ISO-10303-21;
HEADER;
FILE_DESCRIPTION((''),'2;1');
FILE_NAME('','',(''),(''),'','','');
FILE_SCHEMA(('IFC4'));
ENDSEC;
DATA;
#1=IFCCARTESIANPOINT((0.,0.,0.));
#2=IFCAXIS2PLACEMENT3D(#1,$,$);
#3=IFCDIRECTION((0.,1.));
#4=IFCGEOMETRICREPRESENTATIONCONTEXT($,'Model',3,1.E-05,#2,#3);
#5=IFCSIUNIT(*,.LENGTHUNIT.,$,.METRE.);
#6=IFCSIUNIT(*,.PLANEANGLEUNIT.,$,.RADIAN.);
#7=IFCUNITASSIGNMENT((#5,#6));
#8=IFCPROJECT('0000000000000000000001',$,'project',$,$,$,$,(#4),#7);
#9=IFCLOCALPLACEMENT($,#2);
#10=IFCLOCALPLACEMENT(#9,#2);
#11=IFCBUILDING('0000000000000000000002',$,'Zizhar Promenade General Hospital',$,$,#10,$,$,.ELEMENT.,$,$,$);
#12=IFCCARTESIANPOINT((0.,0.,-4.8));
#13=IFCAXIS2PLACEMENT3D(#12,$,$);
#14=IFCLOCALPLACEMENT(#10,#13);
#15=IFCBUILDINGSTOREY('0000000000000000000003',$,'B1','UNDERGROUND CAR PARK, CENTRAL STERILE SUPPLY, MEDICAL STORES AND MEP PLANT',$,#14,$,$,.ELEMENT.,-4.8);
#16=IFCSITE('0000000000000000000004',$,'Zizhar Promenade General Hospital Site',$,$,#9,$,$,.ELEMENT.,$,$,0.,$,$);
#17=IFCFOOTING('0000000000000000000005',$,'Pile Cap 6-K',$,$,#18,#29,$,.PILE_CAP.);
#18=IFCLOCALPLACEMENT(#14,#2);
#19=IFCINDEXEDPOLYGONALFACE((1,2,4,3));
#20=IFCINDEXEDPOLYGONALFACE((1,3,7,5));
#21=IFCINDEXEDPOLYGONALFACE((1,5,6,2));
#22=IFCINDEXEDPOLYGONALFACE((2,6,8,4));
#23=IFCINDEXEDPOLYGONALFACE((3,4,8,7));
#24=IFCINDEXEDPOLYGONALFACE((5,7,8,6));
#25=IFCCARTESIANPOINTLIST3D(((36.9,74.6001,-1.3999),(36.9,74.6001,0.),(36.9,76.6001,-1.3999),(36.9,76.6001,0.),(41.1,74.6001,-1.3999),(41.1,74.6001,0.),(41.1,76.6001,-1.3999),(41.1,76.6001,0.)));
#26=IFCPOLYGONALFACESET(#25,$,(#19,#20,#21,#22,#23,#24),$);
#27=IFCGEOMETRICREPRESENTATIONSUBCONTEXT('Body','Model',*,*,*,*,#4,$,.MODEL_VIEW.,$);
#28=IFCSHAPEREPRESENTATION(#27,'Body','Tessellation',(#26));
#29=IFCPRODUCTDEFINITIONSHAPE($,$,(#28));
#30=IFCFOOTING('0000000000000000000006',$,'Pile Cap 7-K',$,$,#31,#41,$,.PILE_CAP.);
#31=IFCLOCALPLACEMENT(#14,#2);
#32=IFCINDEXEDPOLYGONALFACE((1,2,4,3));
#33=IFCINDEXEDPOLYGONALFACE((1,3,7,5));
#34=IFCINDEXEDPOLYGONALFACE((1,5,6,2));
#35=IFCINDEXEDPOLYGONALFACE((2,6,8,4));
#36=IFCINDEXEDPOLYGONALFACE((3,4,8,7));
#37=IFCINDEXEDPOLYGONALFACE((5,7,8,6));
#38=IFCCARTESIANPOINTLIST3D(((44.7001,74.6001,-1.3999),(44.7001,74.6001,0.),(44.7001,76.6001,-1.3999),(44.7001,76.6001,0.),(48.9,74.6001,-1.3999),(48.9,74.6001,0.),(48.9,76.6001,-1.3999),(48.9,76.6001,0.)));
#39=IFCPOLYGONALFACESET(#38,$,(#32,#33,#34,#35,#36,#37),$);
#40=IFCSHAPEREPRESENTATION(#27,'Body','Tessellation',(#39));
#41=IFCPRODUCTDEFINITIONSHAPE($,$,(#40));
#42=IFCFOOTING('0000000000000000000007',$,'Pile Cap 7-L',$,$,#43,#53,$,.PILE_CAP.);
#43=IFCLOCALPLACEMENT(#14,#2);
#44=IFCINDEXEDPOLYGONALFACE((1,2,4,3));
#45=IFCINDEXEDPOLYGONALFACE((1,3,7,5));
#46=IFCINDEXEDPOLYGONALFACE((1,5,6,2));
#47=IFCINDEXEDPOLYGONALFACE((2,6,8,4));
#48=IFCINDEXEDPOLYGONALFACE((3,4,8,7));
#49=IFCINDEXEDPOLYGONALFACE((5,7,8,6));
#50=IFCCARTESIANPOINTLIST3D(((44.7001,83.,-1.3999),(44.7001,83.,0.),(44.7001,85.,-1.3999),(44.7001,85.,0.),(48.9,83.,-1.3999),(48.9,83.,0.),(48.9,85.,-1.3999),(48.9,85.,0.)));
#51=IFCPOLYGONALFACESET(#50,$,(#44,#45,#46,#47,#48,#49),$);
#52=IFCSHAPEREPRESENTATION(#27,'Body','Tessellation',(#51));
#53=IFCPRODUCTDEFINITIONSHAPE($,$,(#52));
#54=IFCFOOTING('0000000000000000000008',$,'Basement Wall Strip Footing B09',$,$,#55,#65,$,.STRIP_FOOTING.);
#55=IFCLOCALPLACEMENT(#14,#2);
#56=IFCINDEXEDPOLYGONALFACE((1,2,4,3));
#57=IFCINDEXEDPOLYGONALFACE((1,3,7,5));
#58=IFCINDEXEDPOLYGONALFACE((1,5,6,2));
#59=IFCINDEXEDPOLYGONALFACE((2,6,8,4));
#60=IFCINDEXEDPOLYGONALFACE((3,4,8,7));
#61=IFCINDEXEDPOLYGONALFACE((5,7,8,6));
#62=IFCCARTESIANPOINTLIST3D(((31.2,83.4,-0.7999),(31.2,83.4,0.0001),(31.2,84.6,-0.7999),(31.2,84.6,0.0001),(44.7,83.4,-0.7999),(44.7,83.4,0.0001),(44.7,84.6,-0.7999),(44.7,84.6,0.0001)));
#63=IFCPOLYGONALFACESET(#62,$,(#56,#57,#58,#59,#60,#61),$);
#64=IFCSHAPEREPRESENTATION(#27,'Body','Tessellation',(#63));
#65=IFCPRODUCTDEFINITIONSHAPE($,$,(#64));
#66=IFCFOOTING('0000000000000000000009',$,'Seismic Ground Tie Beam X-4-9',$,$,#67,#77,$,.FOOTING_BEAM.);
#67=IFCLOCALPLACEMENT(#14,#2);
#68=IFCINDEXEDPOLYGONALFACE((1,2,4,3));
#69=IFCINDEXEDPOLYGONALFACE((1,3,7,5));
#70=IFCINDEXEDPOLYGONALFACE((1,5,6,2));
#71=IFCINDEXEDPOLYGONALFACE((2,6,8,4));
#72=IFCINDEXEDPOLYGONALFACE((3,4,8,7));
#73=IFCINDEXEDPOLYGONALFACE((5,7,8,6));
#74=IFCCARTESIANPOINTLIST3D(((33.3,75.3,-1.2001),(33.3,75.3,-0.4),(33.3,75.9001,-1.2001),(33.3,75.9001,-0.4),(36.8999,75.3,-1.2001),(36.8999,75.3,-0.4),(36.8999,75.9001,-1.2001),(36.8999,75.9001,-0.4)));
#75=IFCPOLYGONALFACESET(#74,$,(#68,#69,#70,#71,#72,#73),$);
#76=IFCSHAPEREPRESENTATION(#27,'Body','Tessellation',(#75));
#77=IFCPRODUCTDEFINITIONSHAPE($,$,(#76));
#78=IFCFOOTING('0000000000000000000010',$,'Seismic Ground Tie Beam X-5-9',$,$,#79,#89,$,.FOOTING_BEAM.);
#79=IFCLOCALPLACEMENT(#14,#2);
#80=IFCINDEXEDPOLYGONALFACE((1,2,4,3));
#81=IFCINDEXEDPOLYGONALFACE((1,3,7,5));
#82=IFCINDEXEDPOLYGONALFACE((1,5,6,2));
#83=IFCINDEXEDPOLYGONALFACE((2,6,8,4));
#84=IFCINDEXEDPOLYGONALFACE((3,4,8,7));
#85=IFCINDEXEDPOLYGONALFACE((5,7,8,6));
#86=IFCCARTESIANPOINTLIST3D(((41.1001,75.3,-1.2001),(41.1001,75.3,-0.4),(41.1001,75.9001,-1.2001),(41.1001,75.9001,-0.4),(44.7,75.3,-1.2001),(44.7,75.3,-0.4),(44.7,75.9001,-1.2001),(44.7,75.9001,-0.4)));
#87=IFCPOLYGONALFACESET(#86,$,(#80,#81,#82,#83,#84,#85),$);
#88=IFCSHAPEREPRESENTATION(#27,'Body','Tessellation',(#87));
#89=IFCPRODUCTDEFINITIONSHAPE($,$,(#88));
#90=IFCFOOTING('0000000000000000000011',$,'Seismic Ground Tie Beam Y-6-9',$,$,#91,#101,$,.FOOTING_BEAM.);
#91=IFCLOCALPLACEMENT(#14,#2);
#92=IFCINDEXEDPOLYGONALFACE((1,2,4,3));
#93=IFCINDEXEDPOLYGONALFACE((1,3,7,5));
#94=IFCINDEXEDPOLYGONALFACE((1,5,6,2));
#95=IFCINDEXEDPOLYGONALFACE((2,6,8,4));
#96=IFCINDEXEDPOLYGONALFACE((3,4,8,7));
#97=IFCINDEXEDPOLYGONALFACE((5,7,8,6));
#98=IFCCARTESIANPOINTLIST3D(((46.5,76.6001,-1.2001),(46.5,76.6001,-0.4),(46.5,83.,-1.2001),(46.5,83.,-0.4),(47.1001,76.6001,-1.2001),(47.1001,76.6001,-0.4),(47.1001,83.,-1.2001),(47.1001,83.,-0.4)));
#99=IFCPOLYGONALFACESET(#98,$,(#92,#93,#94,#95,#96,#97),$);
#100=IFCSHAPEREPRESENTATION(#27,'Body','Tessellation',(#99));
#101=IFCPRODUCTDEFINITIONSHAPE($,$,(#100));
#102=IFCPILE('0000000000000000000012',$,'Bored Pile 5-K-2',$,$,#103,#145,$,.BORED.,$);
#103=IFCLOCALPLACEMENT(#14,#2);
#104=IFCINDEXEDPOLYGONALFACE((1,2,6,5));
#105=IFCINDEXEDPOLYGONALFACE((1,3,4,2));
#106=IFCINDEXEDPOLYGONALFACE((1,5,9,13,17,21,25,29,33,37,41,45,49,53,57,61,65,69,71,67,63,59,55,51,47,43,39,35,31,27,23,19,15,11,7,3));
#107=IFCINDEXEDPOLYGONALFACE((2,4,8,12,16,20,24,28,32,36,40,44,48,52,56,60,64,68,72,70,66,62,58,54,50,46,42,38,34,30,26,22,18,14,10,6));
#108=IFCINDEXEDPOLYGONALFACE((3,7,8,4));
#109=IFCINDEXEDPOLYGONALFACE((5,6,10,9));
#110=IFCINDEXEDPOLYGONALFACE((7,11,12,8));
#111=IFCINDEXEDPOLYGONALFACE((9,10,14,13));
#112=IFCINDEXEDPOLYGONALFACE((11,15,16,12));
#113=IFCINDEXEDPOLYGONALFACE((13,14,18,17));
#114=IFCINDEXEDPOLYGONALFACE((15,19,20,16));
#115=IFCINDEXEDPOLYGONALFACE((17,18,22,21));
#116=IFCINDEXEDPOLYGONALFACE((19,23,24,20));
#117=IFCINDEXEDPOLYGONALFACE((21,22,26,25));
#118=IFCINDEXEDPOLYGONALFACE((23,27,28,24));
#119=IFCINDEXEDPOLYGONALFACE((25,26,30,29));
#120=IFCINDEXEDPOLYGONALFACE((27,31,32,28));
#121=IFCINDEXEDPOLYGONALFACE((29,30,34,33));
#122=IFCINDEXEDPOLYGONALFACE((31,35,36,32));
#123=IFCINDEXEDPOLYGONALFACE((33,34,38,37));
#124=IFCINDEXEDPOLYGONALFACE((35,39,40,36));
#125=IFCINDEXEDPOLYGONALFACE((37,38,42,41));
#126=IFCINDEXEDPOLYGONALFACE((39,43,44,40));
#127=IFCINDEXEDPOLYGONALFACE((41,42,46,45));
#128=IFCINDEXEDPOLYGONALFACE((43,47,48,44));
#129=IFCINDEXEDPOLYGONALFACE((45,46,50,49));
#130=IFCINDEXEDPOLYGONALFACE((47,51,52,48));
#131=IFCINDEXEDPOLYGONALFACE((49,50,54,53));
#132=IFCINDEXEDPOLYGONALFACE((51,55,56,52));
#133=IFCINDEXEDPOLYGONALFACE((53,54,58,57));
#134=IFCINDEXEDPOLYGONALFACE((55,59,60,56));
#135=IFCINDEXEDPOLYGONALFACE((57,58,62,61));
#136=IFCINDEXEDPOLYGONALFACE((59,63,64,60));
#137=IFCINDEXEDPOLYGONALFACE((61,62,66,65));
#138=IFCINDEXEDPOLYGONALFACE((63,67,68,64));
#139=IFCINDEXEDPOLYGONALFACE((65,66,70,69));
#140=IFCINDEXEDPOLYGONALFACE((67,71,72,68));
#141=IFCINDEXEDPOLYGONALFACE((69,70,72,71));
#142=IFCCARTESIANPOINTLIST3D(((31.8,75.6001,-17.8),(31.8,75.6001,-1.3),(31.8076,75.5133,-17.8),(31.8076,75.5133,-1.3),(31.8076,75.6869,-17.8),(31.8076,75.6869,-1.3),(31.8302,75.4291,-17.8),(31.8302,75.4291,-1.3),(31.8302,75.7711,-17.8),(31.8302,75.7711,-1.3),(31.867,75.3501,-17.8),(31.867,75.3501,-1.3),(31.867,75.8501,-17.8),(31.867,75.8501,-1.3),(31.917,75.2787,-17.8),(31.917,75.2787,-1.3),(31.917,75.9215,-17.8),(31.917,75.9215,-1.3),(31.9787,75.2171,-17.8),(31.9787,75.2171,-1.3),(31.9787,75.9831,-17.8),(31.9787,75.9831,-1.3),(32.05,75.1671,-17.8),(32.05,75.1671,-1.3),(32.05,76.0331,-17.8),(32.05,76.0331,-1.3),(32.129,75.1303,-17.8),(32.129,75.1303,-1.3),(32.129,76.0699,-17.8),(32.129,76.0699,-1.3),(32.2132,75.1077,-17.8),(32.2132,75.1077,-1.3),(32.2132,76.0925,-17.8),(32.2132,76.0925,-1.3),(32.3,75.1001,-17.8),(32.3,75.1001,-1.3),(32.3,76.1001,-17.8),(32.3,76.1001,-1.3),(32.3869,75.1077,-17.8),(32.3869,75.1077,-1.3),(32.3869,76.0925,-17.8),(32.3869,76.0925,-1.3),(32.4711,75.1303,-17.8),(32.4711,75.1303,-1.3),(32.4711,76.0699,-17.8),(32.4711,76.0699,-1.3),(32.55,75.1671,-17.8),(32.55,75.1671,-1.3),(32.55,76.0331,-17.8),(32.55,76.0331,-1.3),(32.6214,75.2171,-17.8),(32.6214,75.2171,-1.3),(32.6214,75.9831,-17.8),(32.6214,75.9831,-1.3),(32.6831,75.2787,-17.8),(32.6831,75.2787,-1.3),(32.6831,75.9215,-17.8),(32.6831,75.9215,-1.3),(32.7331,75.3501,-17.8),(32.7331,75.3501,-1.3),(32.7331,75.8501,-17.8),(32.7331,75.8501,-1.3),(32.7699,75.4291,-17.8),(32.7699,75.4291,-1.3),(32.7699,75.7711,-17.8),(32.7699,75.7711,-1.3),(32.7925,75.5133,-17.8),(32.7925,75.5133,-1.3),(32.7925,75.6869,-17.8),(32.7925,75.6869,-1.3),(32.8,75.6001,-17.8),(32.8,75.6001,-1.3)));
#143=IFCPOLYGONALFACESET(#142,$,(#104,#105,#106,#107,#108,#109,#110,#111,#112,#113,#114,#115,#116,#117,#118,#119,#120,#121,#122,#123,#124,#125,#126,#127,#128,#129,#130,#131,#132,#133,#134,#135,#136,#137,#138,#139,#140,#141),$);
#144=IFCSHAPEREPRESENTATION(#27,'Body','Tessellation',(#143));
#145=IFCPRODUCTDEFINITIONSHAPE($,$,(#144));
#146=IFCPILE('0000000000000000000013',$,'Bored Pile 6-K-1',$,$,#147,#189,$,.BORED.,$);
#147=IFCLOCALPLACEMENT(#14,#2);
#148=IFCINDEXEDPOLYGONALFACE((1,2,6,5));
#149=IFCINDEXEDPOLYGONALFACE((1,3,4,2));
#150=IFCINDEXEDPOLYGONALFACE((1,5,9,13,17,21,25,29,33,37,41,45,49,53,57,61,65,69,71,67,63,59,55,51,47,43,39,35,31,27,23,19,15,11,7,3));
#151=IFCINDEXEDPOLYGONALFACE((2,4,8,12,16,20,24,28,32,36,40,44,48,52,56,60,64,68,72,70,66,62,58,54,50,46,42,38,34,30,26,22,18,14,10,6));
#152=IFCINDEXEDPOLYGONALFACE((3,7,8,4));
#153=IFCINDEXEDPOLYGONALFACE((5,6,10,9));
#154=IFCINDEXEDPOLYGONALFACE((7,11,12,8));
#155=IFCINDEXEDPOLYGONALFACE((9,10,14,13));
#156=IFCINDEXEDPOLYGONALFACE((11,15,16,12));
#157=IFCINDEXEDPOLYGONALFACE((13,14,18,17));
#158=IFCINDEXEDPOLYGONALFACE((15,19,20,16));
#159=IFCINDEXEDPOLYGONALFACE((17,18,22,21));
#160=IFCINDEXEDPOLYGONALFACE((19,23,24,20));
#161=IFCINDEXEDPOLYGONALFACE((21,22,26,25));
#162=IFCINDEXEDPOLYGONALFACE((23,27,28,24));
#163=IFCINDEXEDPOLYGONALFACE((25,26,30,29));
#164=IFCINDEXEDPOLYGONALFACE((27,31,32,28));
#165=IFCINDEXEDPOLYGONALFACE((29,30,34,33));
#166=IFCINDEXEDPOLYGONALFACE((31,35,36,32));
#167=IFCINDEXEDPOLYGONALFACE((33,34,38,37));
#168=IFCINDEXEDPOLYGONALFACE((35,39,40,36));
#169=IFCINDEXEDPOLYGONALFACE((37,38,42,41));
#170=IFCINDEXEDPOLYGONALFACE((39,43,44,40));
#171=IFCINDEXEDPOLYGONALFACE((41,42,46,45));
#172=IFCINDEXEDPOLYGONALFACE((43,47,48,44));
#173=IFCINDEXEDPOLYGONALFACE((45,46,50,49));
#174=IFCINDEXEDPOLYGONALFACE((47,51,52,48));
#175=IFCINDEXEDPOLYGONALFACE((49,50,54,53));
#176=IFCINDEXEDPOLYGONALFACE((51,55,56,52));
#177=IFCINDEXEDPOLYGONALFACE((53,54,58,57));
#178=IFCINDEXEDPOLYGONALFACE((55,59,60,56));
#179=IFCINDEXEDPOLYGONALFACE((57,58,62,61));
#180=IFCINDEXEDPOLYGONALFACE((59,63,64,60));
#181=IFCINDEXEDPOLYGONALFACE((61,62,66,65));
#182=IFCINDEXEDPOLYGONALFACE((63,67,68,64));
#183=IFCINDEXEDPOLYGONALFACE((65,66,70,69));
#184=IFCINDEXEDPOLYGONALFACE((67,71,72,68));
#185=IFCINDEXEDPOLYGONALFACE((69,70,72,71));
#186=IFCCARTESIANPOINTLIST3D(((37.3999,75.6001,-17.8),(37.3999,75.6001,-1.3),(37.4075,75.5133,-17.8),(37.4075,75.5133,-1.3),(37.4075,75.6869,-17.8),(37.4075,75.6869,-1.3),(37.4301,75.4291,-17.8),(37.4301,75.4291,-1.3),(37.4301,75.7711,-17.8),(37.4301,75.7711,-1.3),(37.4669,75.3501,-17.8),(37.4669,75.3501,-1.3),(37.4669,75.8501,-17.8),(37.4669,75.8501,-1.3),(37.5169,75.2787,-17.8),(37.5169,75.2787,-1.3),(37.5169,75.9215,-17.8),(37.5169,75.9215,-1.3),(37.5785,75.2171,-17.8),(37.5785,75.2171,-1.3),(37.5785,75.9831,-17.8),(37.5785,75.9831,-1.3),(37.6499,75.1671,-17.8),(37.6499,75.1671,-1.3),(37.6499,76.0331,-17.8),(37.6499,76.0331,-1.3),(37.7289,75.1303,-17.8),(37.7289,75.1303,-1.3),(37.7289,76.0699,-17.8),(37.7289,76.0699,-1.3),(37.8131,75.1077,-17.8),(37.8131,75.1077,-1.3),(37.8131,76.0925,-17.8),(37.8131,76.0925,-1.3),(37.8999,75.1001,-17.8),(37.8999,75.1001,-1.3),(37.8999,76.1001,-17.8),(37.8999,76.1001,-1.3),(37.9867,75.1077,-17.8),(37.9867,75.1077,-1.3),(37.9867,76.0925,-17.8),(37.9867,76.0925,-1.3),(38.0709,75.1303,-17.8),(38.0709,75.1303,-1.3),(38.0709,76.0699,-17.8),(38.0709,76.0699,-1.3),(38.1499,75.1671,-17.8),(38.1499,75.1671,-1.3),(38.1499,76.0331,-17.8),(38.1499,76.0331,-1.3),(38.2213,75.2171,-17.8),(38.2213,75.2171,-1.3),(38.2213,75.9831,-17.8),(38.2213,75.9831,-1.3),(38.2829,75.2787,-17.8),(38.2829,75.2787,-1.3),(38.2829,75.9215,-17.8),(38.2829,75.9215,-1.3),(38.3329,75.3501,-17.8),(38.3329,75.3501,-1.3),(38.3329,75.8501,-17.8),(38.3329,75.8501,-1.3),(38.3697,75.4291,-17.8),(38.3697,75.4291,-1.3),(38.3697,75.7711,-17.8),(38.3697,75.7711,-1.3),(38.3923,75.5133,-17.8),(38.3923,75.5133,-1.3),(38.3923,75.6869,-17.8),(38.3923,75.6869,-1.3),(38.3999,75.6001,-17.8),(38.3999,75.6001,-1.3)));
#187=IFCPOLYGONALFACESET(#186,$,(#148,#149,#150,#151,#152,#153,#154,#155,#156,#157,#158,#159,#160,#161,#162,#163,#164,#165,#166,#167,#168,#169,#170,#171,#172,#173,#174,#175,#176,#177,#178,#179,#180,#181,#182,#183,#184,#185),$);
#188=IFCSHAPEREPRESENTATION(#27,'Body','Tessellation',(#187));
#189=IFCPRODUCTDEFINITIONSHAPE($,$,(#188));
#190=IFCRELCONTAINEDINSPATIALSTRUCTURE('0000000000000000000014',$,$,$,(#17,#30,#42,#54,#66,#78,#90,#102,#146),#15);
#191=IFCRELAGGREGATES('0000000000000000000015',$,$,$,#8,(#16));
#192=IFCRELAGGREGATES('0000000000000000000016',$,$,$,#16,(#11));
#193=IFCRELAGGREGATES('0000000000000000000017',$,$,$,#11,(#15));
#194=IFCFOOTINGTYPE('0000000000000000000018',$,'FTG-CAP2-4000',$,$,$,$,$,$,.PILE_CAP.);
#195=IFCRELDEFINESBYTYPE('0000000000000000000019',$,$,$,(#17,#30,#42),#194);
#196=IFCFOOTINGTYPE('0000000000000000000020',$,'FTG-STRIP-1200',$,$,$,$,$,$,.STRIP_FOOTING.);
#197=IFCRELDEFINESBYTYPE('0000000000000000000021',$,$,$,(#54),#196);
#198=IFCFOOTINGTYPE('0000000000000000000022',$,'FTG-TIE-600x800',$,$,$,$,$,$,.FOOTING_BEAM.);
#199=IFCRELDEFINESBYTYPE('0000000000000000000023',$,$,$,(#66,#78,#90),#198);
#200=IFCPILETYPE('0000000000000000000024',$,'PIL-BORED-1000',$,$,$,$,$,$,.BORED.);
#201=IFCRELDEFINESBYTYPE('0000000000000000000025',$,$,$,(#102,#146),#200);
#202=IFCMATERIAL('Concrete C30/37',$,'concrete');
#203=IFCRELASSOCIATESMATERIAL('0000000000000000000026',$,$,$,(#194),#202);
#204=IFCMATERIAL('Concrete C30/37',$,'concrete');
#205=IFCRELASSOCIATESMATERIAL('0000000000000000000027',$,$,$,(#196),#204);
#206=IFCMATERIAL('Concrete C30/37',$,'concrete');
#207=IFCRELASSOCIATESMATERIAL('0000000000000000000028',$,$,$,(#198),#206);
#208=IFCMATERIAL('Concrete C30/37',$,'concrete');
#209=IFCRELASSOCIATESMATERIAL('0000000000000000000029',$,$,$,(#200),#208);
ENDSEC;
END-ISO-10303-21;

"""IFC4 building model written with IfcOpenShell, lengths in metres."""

from ifc_helpers import new_model, si_unit, direction, frame, origin, origin_2d, place, context, subcontext, project, spatial, rectangle, circle, extrude, material, material_profile, profile_set, type_object, element, save


model = new_model("IFC4")

# Units and contexts
model_context = context("Model", 3, precision=1e-05, world=origin(), true_north=direction((0.0, 1.0)))
body_context = subcontext(model_context, "Body", "Model", "MODEL_VIEW")
ifc_project = project(units=[si_unit("LENGTHUNIT", "METRE"), si_unit("PLANEANGLEUNIT", "RADIAN")], contexts=[model_context])

# Site, building, storey
site_placement = place(None, origin())
site = spatial("IfcSite", under=ifc_project, at=site_placement, Name="Zizhar Promenade General Hospital Site", CompositionType="ELEMENT", RefElevation=0.0)
building_placement = place(site_placement, origin())
building = spatial("IfcBuilding", under=site, at=building_placement, Name="Zizhar Promenade General Hospital", CompositionType="ELEMENT")
storey_placement = place(building_placement, frame((0.0, 0.0, -4.8)))
storey = spatial("IfcBuildingStorey", under=building, at=storey_placement, Name="B1", Description="UNDERGROUND CAR PARK, CENTRAL STERILE SUPPLY, MEDICAL STORES AND MEP PLANT", CompositionType="ELEMENT", Elevation=-4.8)

# Footings
ifc_material_1 = material(Name="Concrete C30/37", Category="concrete")
footing_type_1 = type_object("IfcFootingType", Name="FTG-CAP2-4000", PredefinedType="PILE_CAP", material=ifc_material_1)
for number, where, z_axis, x_axis, name in (
    (1, (39.0, 75.6001, -1.3999), (0.0, 0.0, 1.0), (1.0, 0.0, 0.0), "Pile Cap 6-K"),
    (2, (46.8, 75.6001, -1.3999), (0.0, 0.0, 1.0), (1.0, 0.0, 0.0), "Pile Cap 7-K"),
    (3, (46.8, 84.0, -1.3999), (0.0, 0.0, 1.0), (1.0, 0.0, 0.0), "Pile Cap 7-L"),
):
    element("IfcFooting", number, at=place(storey_placement, frame(where, z_axis=z_axis, x_axis=x_axis)), inside=storey, type_object=footing_type_1, Name=name, PredefinedType="PILE_CAP", context=body_context, shape_type="SweptSolid", body=[
        extrude(rectangle(XDim=4.2, YDim=2.0, at=origin_2d()), origin(), (0.0, 0.0, 1.0), 1.3999),
    ])
ifc_material_2 = material(Name="Concrete C30/37", Category="concrete")
ifc_material_profile_1 = material_profile(ifc_material_2, rectangle(XDim=1.2, YDim=0.8, at=origin_2d()))
ifc_profile_set_1 = profile_set([ifc_material_profile_1], Name="Concrete C30/37")
footing_type_2 = type_object("IfcFootingType", Name="FTG-STRIP-1200", PredefinedType="STRIP_FOOTING", material=ifc_profile_set_1)
footing_1_placement = place(storey_placement, frame((44.7, 84.0, -0.3999), z_axis=(-1.0, 0.0, 0.0), x_axis=(0.0, -1.0, 0.0)))
element("IfcFooting", 4, at=footing_1_placement, inside=storey, type_object=footing_type_2, Name="Basement Wall Strip Footing B09", PredefinedType="STRIP_FOOTING", context=body_context, shape_type="SweptSolid", body=[
    extrude(rectangle(XDim=1.2, YDim=0.8, at=origin_2d()), origin(), (0.0, 0.0, 1.0), 13.5),
])
ifc_material_3 = material(Name="Concrete C30/37", Category="concrete")
ifc_material_profile_2 = material_profile(ifc_material_3, rectangle(XDim=0.6001, YDim=0.8, at=origin_2d()))
ifc_profile_set_2 = profile_set([ifc_material_profile_2], Name="Concrete C30/37")
footing_type_3 = type_object("IfcFootingType", Name="FTG-TIE-600x800", PredefinedType="FOOTING_BEAM", material=ifc_profile_set_2)
for number, where, z_axis, x_axis, name in (
    (5, (33.3, 75.6001, -0.8), (1.0, 0.0, 0.0), (0.0, 1.0, 0.0), "Seismic Ground Tie Beam X-4-9"),
    (6, (41.1001, 75.6001, -0.8), (1.0, 0.0, 0.0), (0.0, 1.0, 0.0), "Seismic Ground Tie Beam X-5-9"),
):
    element("IfcFooting", number, at=place(storey_placement, frame(where, z_axis=z_axis, x_axis=x_axis)), inside=storey, type_object=footing_type_3, Name=name, PredefinedType="FOOTING_BEAM", context=body_context, shape_type="SweptSolid", body=[
        extrude(rectangle(XDim=0.6001, YDim=0.8, at=origin_2d()), origin(), (0.0, 0.0, 1.0), 3.5999),
    ])
footing_2_placement = place(storey_placement, frame((46.8, 76.6001, -0.8), z_axis=(0.0, 1.0, 0.0), x_axis=(-1.0, 0.0, 0.0)))
element("IfcFooting", 7, at=footing_2_placement, inside=storey, type_object=footing_type_3, Name="Seismic Ground Tie Beam Y-6-9", PredefinedType="FOOTING_BEAM", context=body_context, shape_type="SweptSolid", body=[
    extrude(rectangle(XDim=0.6001, YDim=0.8, at=origin_2d()), origin(), (0.0, 0.0, 1.0), 6.3999),
])

# Piles
ifc_material_4 = material(Name="Concrete C30/37", Category="concrete")
ifc_material_profile_3 = material_profile(ifc_material_4, circle(Radius=0.5, at=origin_2d()))
ifc_profile_set_3 = profile_set([ifc_material_profile_3], Name="Concrete C30/37")
pile_type = type_object("IfcPileType", Name="PIL-BORED-1000", PredefinedType="BORED", material=ifc_profile_set_3)
for number, where, z_axis, x_axis, name in (
    (8, (32.3, 75.6001, -1.3), (0.0, 0.0, -1.0), (1.0, 0.0, 0.0), "Bored Pile 5-K-2"),
    (9, (37.8999, 75.6001, -1.3), (0.0, 0.0, -1.0), (1.0, 0.0, 0.0), "Bored Pile 6-K-1"),
):
    element("IfcPile", number, at=place(storey_placement, frame(where, z_axis=z_axis, x_axis=x_axis)), inside=storey, type_object=pile_type, Name=name, PredefinedType="BORED", context=body_context, shape_type="SweptSolid", body=[
        extrude(circle(Radius=0.5, at=origin_2d()), origin(), (0.0, 0.0, 1.0), 16.5),
    ])

save(model, "model.ifc")
